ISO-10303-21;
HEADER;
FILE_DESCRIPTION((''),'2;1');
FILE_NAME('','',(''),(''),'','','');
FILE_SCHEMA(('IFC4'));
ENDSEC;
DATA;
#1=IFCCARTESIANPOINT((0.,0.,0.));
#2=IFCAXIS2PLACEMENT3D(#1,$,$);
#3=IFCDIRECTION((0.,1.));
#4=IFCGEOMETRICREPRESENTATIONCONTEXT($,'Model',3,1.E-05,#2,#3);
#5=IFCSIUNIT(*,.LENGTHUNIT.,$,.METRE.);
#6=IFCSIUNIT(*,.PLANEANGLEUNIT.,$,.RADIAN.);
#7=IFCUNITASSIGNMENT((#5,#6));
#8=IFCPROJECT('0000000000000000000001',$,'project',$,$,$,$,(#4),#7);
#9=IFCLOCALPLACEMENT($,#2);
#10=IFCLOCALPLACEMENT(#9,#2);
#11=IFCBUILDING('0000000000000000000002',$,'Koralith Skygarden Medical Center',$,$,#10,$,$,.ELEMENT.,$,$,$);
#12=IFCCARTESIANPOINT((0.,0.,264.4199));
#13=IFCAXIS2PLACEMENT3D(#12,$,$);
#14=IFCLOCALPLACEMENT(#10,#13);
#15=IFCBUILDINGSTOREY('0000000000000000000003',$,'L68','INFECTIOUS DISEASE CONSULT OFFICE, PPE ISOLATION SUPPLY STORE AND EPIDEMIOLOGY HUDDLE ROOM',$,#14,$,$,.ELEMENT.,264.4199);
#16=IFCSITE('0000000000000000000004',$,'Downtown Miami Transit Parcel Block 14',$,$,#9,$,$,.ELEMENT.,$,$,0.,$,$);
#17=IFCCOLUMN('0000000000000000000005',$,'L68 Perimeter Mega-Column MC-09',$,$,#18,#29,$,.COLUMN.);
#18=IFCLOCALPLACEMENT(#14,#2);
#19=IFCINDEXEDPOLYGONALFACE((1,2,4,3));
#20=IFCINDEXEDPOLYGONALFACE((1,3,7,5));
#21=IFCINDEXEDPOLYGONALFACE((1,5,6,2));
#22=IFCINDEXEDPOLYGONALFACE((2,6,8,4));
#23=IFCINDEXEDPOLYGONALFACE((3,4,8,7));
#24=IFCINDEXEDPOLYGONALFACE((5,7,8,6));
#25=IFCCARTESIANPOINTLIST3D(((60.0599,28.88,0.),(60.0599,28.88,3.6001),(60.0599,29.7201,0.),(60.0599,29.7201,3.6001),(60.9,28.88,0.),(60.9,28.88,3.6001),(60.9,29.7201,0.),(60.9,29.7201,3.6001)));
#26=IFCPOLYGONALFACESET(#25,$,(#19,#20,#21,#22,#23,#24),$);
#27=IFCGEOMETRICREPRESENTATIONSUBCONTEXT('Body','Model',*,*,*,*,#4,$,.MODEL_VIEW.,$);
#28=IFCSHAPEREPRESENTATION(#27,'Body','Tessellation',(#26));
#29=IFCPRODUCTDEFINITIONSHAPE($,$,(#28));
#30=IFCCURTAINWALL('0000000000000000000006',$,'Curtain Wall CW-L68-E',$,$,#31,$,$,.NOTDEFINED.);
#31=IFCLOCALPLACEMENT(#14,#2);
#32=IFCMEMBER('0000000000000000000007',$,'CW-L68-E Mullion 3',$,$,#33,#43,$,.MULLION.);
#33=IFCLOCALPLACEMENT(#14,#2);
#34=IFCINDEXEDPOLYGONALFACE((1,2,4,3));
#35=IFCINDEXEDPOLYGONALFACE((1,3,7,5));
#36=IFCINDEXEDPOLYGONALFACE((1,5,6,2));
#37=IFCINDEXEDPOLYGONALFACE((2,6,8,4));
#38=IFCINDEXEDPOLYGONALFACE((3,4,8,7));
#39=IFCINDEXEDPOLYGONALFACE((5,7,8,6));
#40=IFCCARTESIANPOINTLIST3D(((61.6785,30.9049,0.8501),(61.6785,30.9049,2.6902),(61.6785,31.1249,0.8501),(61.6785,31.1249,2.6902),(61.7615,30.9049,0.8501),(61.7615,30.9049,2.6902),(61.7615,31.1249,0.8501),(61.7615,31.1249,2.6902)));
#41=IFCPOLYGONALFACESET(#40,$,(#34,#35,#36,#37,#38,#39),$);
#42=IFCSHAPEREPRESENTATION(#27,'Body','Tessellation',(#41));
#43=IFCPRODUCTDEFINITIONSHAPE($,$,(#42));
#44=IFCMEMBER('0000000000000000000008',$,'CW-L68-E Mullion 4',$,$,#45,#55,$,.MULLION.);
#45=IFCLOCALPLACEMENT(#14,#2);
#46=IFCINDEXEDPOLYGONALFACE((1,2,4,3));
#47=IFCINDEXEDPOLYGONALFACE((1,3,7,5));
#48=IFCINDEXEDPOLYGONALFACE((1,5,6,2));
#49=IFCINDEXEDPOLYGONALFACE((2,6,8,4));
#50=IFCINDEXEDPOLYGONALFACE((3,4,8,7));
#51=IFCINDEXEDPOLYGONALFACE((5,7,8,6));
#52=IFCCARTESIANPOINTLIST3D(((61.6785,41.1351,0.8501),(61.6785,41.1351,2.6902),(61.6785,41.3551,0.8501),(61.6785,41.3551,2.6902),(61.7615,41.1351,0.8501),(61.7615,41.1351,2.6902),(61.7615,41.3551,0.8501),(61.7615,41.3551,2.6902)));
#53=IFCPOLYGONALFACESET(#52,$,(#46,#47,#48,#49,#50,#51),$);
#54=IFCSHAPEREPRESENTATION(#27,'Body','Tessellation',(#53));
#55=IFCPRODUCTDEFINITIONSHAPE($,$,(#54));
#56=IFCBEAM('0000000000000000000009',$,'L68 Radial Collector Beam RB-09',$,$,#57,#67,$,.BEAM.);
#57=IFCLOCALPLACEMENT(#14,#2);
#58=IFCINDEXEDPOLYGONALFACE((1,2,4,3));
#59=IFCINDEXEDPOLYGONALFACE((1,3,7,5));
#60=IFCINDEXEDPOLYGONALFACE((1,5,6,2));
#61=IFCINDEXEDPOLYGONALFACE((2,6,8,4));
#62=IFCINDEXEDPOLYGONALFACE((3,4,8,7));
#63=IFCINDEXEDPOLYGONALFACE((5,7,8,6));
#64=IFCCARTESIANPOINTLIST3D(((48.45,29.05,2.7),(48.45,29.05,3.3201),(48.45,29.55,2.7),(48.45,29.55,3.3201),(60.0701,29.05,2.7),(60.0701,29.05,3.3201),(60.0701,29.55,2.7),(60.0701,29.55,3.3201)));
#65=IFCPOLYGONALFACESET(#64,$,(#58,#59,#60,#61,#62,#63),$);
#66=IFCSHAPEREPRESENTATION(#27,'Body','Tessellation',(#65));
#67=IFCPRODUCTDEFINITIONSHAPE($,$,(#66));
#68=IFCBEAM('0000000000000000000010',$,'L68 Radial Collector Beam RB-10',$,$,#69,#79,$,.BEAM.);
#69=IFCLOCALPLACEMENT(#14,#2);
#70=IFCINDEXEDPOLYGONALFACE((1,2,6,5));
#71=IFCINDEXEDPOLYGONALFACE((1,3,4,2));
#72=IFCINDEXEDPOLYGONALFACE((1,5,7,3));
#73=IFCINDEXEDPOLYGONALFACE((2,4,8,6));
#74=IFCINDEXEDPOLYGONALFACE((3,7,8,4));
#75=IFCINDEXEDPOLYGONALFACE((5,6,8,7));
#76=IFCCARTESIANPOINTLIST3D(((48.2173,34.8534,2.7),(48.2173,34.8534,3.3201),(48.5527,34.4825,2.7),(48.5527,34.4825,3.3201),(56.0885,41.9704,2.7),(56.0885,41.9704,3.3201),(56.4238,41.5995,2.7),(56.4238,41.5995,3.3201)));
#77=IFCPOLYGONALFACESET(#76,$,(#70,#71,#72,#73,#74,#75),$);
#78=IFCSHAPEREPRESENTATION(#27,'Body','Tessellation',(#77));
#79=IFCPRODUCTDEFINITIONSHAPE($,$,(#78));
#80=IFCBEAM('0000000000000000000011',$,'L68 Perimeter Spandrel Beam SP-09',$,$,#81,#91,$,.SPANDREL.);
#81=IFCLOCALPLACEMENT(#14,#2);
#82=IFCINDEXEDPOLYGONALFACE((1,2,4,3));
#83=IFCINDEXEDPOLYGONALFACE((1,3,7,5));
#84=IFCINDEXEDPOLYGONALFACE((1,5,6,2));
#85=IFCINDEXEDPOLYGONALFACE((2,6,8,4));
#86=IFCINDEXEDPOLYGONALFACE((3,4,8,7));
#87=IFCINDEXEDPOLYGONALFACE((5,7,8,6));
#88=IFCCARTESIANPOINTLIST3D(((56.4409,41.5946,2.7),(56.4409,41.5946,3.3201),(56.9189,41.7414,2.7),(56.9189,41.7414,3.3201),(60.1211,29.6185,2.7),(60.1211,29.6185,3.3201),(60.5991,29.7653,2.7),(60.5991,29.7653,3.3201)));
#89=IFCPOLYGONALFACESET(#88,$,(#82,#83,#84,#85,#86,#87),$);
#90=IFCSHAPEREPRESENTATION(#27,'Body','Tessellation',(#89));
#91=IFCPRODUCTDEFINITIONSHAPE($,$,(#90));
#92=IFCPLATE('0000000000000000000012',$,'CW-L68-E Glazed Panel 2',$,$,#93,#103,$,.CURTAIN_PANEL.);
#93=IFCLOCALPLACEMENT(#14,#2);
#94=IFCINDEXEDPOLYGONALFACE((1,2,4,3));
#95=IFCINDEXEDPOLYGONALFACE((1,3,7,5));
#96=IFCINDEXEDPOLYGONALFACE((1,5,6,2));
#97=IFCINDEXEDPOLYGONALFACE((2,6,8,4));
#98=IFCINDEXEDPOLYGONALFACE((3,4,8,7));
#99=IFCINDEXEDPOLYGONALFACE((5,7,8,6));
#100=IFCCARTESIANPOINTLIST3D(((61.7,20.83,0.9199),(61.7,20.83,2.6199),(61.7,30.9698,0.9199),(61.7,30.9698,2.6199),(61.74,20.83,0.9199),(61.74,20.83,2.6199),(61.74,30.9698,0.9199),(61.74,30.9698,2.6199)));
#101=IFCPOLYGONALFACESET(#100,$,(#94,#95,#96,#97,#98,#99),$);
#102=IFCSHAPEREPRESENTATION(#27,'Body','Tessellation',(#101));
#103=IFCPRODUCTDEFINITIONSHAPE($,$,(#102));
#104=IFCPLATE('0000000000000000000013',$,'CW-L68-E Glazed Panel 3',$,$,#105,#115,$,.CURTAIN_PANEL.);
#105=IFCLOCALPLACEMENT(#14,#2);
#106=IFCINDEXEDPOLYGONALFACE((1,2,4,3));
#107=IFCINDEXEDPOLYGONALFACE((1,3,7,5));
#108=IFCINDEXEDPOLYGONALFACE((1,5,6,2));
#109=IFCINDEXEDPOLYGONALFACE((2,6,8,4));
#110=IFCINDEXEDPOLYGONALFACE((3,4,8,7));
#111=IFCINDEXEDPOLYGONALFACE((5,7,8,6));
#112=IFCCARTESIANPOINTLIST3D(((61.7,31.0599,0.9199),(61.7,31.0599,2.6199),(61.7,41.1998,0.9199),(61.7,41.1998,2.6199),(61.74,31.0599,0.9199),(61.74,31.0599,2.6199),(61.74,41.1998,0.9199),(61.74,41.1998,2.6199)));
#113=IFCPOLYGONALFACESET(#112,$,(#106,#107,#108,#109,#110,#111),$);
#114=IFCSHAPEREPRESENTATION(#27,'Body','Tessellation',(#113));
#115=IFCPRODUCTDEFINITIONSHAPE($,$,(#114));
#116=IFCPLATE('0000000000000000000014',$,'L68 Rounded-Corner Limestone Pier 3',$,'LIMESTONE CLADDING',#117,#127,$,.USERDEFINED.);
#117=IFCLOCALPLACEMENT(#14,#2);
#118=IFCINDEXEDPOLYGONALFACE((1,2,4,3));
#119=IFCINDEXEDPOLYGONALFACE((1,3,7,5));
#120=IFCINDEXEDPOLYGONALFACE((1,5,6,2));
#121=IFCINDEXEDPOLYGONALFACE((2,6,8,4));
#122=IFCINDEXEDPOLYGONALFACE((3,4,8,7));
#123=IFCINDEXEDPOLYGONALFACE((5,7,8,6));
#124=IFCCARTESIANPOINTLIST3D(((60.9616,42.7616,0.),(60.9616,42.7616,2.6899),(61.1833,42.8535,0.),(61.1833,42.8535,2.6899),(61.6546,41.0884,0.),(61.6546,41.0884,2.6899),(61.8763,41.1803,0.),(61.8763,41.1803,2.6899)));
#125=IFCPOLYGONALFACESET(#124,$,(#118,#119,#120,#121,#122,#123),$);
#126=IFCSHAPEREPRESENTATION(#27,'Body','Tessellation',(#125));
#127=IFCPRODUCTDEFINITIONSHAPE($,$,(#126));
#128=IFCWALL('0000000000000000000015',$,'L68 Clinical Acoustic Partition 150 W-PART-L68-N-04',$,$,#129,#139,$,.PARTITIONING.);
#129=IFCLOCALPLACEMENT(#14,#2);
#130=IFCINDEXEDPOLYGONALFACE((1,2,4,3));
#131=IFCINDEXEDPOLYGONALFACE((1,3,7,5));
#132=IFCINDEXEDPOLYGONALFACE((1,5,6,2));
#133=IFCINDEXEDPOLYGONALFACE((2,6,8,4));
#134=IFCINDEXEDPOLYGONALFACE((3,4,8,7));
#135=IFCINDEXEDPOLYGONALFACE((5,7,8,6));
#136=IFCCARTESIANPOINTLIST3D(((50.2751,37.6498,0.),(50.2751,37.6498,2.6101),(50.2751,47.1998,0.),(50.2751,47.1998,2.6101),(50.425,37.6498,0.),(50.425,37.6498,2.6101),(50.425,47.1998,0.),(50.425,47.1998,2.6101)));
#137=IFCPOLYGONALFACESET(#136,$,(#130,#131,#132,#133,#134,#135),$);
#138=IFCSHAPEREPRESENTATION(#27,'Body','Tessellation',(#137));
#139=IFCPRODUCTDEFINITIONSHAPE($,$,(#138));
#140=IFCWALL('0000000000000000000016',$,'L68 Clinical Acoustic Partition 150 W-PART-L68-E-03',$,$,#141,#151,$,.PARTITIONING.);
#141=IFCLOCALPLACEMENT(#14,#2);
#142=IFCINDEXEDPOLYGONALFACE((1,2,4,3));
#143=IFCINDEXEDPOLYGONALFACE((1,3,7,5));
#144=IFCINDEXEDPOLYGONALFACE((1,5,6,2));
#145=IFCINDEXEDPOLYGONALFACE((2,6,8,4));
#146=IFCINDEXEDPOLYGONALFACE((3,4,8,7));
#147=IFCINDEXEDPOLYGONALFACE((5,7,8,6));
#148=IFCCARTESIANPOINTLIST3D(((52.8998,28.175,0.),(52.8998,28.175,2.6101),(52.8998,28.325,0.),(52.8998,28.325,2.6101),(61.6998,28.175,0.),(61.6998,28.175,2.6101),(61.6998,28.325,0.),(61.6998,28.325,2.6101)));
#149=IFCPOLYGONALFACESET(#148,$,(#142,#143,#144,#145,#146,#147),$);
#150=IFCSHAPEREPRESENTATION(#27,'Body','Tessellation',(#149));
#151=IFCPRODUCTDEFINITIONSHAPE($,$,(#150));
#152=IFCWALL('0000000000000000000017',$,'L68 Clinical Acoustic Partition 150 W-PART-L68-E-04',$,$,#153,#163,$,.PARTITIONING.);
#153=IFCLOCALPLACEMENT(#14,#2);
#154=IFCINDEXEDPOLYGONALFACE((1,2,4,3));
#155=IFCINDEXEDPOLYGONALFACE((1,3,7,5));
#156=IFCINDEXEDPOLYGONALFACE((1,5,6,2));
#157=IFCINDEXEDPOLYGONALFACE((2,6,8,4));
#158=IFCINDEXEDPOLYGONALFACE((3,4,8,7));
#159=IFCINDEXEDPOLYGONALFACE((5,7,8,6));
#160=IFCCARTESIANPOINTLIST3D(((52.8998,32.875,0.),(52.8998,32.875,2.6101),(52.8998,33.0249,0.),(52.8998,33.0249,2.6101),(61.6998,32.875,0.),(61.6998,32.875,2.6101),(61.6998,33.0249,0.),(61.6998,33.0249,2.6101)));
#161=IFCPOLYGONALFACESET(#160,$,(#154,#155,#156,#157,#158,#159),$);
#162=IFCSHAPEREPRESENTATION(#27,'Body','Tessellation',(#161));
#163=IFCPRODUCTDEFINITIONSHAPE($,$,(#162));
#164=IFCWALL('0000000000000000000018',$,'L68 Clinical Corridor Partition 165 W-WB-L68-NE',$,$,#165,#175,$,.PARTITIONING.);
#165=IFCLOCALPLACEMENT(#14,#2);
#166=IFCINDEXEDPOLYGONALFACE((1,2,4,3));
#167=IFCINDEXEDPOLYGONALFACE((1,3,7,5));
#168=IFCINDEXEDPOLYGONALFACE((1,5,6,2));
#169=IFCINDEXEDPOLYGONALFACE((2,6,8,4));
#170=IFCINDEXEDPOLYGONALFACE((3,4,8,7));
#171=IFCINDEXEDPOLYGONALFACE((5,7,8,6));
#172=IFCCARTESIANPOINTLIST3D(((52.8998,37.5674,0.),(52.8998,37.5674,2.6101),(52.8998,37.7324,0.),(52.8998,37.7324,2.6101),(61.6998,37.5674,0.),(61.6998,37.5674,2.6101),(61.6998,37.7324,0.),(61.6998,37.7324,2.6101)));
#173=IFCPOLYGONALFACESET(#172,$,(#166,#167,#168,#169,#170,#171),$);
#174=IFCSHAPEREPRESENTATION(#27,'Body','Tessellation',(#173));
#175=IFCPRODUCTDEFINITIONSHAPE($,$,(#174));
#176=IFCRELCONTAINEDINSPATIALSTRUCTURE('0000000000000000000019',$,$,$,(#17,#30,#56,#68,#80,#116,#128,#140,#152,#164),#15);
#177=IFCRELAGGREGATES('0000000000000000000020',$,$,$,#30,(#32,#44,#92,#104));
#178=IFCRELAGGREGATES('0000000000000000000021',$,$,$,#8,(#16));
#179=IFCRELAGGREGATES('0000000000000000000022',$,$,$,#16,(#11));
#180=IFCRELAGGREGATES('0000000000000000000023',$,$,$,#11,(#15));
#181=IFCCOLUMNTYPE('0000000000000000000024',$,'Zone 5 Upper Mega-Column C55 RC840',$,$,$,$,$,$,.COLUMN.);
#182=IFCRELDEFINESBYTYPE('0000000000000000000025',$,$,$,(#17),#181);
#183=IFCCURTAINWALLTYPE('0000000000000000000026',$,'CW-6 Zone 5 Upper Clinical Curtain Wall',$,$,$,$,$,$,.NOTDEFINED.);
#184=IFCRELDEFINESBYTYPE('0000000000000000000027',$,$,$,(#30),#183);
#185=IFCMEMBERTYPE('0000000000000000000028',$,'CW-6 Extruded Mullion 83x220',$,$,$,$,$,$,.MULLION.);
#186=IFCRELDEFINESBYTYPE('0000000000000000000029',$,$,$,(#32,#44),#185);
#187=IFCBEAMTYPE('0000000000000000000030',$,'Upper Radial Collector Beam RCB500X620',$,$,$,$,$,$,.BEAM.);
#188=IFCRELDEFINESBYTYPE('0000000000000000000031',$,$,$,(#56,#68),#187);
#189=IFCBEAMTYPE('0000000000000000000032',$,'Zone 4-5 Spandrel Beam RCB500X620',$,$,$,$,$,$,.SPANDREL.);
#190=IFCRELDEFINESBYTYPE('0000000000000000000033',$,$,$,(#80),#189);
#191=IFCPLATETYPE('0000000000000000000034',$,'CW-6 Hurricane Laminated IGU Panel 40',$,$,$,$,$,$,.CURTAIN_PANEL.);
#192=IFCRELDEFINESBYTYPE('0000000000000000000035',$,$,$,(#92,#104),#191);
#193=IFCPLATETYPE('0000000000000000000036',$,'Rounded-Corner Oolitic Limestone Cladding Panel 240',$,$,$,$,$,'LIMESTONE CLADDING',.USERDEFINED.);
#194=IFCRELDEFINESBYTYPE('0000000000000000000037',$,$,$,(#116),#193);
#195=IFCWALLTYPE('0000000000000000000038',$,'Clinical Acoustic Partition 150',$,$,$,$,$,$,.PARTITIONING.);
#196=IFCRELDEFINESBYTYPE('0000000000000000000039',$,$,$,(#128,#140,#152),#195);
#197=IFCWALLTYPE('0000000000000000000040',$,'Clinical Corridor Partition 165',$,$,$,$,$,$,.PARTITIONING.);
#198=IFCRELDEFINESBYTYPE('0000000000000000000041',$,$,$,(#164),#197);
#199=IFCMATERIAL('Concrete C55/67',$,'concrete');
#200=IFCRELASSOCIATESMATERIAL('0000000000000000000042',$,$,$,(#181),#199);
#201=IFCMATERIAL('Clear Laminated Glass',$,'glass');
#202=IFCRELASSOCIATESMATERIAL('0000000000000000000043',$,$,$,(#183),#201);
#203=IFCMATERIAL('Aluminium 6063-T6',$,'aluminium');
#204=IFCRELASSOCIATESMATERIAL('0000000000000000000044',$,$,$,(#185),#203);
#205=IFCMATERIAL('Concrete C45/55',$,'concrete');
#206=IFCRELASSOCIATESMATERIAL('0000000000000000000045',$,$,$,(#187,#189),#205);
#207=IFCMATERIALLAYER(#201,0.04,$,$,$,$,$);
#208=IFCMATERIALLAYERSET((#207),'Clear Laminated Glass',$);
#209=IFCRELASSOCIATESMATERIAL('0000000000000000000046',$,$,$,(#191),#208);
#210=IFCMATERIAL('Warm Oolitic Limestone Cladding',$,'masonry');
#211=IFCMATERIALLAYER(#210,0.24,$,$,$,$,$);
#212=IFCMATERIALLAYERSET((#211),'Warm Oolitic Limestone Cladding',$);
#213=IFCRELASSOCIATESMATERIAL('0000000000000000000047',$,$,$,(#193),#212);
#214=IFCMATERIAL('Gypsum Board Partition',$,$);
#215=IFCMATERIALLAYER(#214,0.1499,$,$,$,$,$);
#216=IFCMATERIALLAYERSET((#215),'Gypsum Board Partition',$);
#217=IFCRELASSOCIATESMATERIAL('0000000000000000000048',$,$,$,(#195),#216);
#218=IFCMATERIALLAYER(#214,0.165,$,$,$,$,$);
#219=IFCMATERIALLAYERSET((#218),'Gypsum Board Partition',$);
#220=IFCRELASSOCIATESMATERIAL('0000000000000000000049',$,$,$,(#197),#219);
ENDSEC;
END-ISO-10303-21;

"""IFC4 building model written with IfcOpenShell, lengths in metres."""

from ifc_helpers import new_model, si_unit, direction, frame, frame_2d, origin, origin_2d, place, context, subcontext, project, spatial, rectangle, extrude, material, layer, layer_set, material_profile, profile_set, type_object, element, aggregate, save


model = new_model("IFC4")

# Units and contexts
model_context = context("Model", 3, precision=1e-05, world=origin(), true_north=direction((0.0, 1.0)))
body_context = subcontext(model_context, "Body", "Model", "MODEL_VIEW")
ifc_project = project(units=[si_unit("LENGTHUNIT", "METRE"), si_unit("PLANEANGLEUNIT", "RADIAN")], contexts=[model_context])

# Site, building, storey
site_placement = place(None, origin())
site = spatial("IfcSite", under=ifc_project, at=site_placement, Name="Downtown Miami Transit Parcel Block 14", CompositionType="ELEMENT", RefElevation=0.0)
building_placement = place(site_placement, origin())
building = spatial("IfcBuilding", under=site, at=building_placement, Name="Koralith Skygarden Medical Center", CompositionType="ELEMENT")
storey_placement = place(building_placement, frame((0.0, 0.0, 264.4199)))
storey = spatial("IfcBuildingStorey", under=building, at=storey_placement, Name="L68", Description="INFECTIOUS DISEASE CONSULT OFFICE, PPE ISOLATION SUPPLY STORE AND EPIDEMIOLOGY HUDDLE ROOM", CompositionType="ELEMENT", Elevation=264.4199)

# Column
ifc_material_1 = material(Name="Concrete C55/67", Category="concrete")
ifc_material_profile_1 = material_profile(ifc_material_1, rectangle(XDim=0.8401, YDim=0.8401, at=origin_2d()), Name="RC840X840")
ifc_profile_set_1 = profile_set([ifc_material_profile_1], Name="Concrete C55/67")
column_type = type_object("IfcColumnType", Name="Zone 5 Upper Mega-Column C55 RC840", PredefinedType="COLUMN", material=ifc_profile_set_1)
column_placement = place(storey_placement, frame((60.48, 29.3, 0.0), z_axis=(0.0, 0.0, 1.0), x_axis=(1.0, 0.0, 0.0)))
element("IfcColumn", 1, at=column_placement, inside=storey, type_object=column_type, Name="L68 Perimeter Mega-Column MC-09", PredefinedType="COLUMN", context=body_context, shape_type="SweptSolid", body=[
    extrude(rectangle(XDim=0.8401, YDim=0.8401, at=origin_2d()), origin(), (0.0, 0.0, 1.0), 3.6001),
])

# Curtain wall, members
ifc_material_2 = material(Name="Clear Laminated Glass", Category="glass")
curtain_wall_type = type_object("IfcCurtainWallType", Name="CW-6 Zone 5 Upper Clinical Curtain Wall", PredefinedType="NOTDEFINED", material=ifc_material_2)
curtain_wall_placement = place(storey_placement, origin())
curtain_wall = element("IfcCurtainWall", 2, at=curtain_wall_placement, inside=storey, type_object=curtain_wall_type, Name="Curtain Wall CW-L68-E", PredefinedType="NOTDEFINED")
ifc_material_3 = material(Name="Aluminium 6063-T6", Category="aluminium")
ifc_material_profile_2 = material_profile(ifc_material_3, rectangle(XDim=0.083, YDim=0.22, at=origin_2d()), Name="MUL83X220")
ifc_profile_set_2 = profile_set([ifc_material_profile_2], Name="Aluminium 6063-T6")
member_type = type_object("IfcMemberType", Name="CW-6 Extruded Mullion 83x220", PredefinedType="MULLION", material=ifc_profile_set_2)
member_1_placement = place(storey_placement, frame((61.72, 31.0149, 0.8501), z_axis=(0.0, 0.0, 1.0), x_axis=(1.0, 0.0, 0.0)))
member_1 = element("IfcMember", 3, at=member_1_placement, type_object=member_type, Name="CW-L68-E Mullion 3", PredefinedType="MULLION", context=body_context, shape_type="SweptSolid", body=[
    extrude(rectangle(XDim=0.083, YDim=0.22, at=origin_2d()), origin(), (0.0, 0.0, 1.0), 1.8401),
])
member_2_placement = place(storey_placement, frame((61.72, 41.2451, 0.8501), z_axis=(0.0, 0.0, 1.0), x_axis=(1.0, 0.0, 0.0)))
member_2 = element("IfcMember", 4, at=member_2_placement, type_object=member_type, Name="CW-L68-E Mullion 4", PredefinedType="MULLION", context=body_context, shape_type="SweptSolid", body=[
    extrude(rectangle(XDim=0.083, YDim=0.22, at=origin_2d()), origin(), (0.0, 0.0, 1.0), 1.8401),
])

# Beams
ifc_material_4 = material(Name="Concrete C45/55", Category="concrete")
ifc_material_profile_3 = material_profile(ifc_material_4, rectangle(XDim=0.5, YDim=0.6201, at=origin_2d()), Name="RCB500X620")
ifc_profile_set_3 = profile_set([ifc_material_profile_3], Name="Concrete C45/55")
beam_type_1 = type_object("IfcBeamType", Name="Upper Radial Collector Beam RCB500X620", PredefinedType="BEAM", material=ifc_profile_set_3)
beam_1_placement = place(storey_placement, frame((48.45, 29.3, 3.01), z_axis=(1.0, 0.0, 0.0), x_axis=(0.0, 1.0, 0.0)))
element("IfcBeam", 5, at=beam_1_placement, inside=storey, type_object=beam_type_1, Name="L68 Radial Collector Beam RB-09", PredefinedType="BEAM", context=body_context, shape_type="SweptSolid", body=[
    extrude(rectangle(XDim=0.5, YDim=0.6201, at=origin_2d()), origin(), (0.0, 0.0, 1.0), 11.6201),
])
beam_2_placement = place(storey_placement, frame((48.385, 34.668, 3.01), z_axis=(0.741748, 0.670679, 0.0), x_axis=(-0.670679, 0.741748, 0.0)))
element("IfcBeam", 6, at=beam_2_placement, inside=storey, type_object=beam_type_1, Name="L68 Radial Collector Beam RB-10", PredefinedType="BEAM", context=body_context, shape_type="SweptSolid", body=[
    extrude(rectangle(XDim=0.5, YDim=0.6201, at=origin_2d()), origin(), (0.0, 0.0, 1.0), 10.6116),
])
ifc_material_profile_4 = material_profile(ifc_material_4, rectangle(XDim=0.5, YDim=0.6201, at=origin_2d()), Name="RCB500X620")
ifc_profile_set_4 = profile_set([ifc_material_profile_4], Name="Concrete C45/55")
beam_type_2 = type_object("IfcBeamType", Name="Zone 4-5 Spandrel Beam RCB500X620", PredefinedType="SPANDREL", material=ifc_profile_set_4)
beam_3_placement = place(storey_placement, frame((60.3601, 29.6919, 3.01), z_axis=(-0.293738, 0.955886, 0.0), x_axis=(-0.955886, -0.293738, 0.0)))
element("IfcBeam", 7, at=beam_3_placement, inside=storey, type_object=beam_type_2, Name="L68 Perimeter Spandrel Beam SP-09", PredefinedType="SPANDREL", context=body_context, shape_type="SweptSolid", body=[
    extrude(rectangle(XDim=0.5, YDim=0.6201, at=origin_2d()), origin(), (0.0, 0.0, 1.0), 12.5288),
])

# Plates
ifc_layer_1 = layer(ifc_material_2, 0.04)
ifc_layer_set_1 = layer_set([ifc_layer_1], Name="Clear Laminated Glass")
plate_type_1 = type_object("IfcPlateType", Name="CW-6 Hurricane Laminated IGU Panel 40", PredefinedType="CURTAIN_PANEL", material=ifc_layer_set_1)
plate_1_placement = place(storey_placement, frame((61.72, 25.8999, 0.9199), z_axis=(0.0, 0.0, 1.0), x_axis=(0.0, 1.0, 0.0)))
plate_1 = element("IfcPlate", 8, at=plate_1_placement, type_object=plate_type_1, Name="CW-L68-E Glazed Panel 2", PredefinedType="CURTAIN_PANEL", context=body_context, shape_type="SweptSolid", body=[
    extrude(rectangle(XDim=10.1399, YDim=0.04, at=origin_2d()), origin(), (0.0, 0.0, 1.0), 1.7),
])
plate_2_placement = place(storey_placement, frame((61.72, 36.1299, 0.9199), z_axis=(0.0, 0.0, 1.0), x_axis=(0.0, 1.0, 0.0)))
plate_2 = element("IfcPlate", 9, at=plate_2_placement, type_object=plate_type_1, Name="CW-L68-E Glazed Panel 3", PredefinedType="CURTAIN_PANEL", context=body_context, shape_type="SweptSolid", body=[
    extrude(rectangle(XDim=10.1399, YDim=0.04, at=origin_2d()), origin(), (0.0, 0.0, 1.0), 1.7),
])
aggregate(curtain_wall, [member_1, member_2, plate_1, plate_2])
ifc_material_5 = material(Name="Warm Oolitic Limestone Cladding", Category="masonry")
ifc_layer_2 = layer(ifc_material_5, 0.24)
ifc_layer_set_2 = layer_set([ifc_layer_2], Name="Warm Oolitic Limestone Cladding")
plate_type_2 = type_object("IfcPlateType", Name="Rounded-Corner Oolitic Limestone Cladding Panel 240", ElementType="LIMESTONE CLADDING", PredefinedType="USERDEFINED", material=ifc_layer_set_2)
plate_3_placement = place(storey_placement, frame((61.4189, 41.9709, 0.0), z_axis=(0.0, 0.0, 1.0), x_axis=(-0.382671, 0.923885, 0.0)))
element("IfcPlate", 10, at=plate_3_placement, inside=storey, type_object=plate_type_2, Name="L68 Rounded-Corner Limestone Pier 3", ObjectType="LIMESTONE CLADDING", PredefinedType="USERDEFINED", context=body_context, shape_type="SweptSolid", body=[
    extrude(rectangle(XDim=1.811, YDim=0.24, at=origin_2d()), origin(), (0.0, 0.0, 1.0), 2.6899),
])

# Walls
ifc_material_6 = material(Name="Gypsum Board Partition")
ifc_layer_3 = layer(ifc_material_6, 0.1499)
ifc_layer_set_3 = layer_set([ifc_layer_3], Name="Gypsum Board Partition")
wall_type_1 = type_object("IfcWallType", Name="Clinical Acoustic Partition 150", PredefinedType="PARTITIONING", material=ifc_layer_set_3)
wall_1_placement = place(storey_placement, frame((50.3501, 37.6499, 0.0), z_axis=(0.0, 0.0, 1.0), x_axis=(0.0, 1.0, 0.0)))
element("IfcWall", 11, at=wall_1_placement, inside=storey, type_object=wall_type_1, Name="L68 Clinical Acoustic Partition 150 W-PART-L68-N-04", PredefinedType="PARTITIONING", context=body_context, shape_type="SweptSolid", body=[
    extrude(rectangle(XDim=9.55, YDim=0.1499, at=frame_2d((4.7749, 0.0))), origin(), (0.0, 0.0, 1.0), 2.6101),
])
for number, where, z_axis, x_axis, name in (
    (12, (52.8999, 28.25, 0.0), (0.0, 0.0, 1.0), (1.0, 0.0, 0.0), "L68 Clinical Acoustic Partition 150 W-PART-L68-E-03"),
    (13, (52.8999, 32.95, 0.0), (0.0, 0.0, 1.0), (1.0, 0.0, 0.0), "L68 Clinical Acoustic Partition 150 W-PART-L68-E-04"),
):
    element("IfcWall", number, at=place(storey_placement, frame(where, z_axis=z_axis, x_axis=x_axis)), inside=storey, type_object=wall_type_1, Name=name, PredefinedType="PARTITIONING", context=body_context, shape_type="SweptSolid", body=[
        extrude(rectangle(XDim=8.8, YDim=0.1499, at=frame_2d((4.3999, 0.0))), origin(), (0.0, 0.0, 1.0), 2.6101),
    ])
ifc_layer_4 = layer(ifc_material_6, 0.165)
ifc_layer_set_4 = layer_set([ifc_layer_4], Name="Gypsum Board Partition")
wall_type_2 = type_object("IfcWallType", Name="Clinical Corridor Partition 165", PredefinedType="PARTITIONING", material=ifc_layer_set_4)
wall_2_placement = place(storey_placement, frame((52.8999, 37.6499, 0.0), z_axis=(0.0, 0.0, 1.0), x_axis=(1.0, 0.0, 0.0)))
element("IfcWall", 14, at=wall_2_placement, inside=storey, type_object=wall_type_2, Name="L68 Clinical Corridor Partition 165 W-WB-L68-NE", PredefinedType="PARTITIONING", context=body_context, shape_type="SweptSolid", body=[
    extrude(rectangle(XDim=8.8, YDim=0.165, at=frame_2d((4.3999, 0.0))), origin(), (0.0, 0.0, 1.0), 2.6101),
])

save(model, "model.ifc")
